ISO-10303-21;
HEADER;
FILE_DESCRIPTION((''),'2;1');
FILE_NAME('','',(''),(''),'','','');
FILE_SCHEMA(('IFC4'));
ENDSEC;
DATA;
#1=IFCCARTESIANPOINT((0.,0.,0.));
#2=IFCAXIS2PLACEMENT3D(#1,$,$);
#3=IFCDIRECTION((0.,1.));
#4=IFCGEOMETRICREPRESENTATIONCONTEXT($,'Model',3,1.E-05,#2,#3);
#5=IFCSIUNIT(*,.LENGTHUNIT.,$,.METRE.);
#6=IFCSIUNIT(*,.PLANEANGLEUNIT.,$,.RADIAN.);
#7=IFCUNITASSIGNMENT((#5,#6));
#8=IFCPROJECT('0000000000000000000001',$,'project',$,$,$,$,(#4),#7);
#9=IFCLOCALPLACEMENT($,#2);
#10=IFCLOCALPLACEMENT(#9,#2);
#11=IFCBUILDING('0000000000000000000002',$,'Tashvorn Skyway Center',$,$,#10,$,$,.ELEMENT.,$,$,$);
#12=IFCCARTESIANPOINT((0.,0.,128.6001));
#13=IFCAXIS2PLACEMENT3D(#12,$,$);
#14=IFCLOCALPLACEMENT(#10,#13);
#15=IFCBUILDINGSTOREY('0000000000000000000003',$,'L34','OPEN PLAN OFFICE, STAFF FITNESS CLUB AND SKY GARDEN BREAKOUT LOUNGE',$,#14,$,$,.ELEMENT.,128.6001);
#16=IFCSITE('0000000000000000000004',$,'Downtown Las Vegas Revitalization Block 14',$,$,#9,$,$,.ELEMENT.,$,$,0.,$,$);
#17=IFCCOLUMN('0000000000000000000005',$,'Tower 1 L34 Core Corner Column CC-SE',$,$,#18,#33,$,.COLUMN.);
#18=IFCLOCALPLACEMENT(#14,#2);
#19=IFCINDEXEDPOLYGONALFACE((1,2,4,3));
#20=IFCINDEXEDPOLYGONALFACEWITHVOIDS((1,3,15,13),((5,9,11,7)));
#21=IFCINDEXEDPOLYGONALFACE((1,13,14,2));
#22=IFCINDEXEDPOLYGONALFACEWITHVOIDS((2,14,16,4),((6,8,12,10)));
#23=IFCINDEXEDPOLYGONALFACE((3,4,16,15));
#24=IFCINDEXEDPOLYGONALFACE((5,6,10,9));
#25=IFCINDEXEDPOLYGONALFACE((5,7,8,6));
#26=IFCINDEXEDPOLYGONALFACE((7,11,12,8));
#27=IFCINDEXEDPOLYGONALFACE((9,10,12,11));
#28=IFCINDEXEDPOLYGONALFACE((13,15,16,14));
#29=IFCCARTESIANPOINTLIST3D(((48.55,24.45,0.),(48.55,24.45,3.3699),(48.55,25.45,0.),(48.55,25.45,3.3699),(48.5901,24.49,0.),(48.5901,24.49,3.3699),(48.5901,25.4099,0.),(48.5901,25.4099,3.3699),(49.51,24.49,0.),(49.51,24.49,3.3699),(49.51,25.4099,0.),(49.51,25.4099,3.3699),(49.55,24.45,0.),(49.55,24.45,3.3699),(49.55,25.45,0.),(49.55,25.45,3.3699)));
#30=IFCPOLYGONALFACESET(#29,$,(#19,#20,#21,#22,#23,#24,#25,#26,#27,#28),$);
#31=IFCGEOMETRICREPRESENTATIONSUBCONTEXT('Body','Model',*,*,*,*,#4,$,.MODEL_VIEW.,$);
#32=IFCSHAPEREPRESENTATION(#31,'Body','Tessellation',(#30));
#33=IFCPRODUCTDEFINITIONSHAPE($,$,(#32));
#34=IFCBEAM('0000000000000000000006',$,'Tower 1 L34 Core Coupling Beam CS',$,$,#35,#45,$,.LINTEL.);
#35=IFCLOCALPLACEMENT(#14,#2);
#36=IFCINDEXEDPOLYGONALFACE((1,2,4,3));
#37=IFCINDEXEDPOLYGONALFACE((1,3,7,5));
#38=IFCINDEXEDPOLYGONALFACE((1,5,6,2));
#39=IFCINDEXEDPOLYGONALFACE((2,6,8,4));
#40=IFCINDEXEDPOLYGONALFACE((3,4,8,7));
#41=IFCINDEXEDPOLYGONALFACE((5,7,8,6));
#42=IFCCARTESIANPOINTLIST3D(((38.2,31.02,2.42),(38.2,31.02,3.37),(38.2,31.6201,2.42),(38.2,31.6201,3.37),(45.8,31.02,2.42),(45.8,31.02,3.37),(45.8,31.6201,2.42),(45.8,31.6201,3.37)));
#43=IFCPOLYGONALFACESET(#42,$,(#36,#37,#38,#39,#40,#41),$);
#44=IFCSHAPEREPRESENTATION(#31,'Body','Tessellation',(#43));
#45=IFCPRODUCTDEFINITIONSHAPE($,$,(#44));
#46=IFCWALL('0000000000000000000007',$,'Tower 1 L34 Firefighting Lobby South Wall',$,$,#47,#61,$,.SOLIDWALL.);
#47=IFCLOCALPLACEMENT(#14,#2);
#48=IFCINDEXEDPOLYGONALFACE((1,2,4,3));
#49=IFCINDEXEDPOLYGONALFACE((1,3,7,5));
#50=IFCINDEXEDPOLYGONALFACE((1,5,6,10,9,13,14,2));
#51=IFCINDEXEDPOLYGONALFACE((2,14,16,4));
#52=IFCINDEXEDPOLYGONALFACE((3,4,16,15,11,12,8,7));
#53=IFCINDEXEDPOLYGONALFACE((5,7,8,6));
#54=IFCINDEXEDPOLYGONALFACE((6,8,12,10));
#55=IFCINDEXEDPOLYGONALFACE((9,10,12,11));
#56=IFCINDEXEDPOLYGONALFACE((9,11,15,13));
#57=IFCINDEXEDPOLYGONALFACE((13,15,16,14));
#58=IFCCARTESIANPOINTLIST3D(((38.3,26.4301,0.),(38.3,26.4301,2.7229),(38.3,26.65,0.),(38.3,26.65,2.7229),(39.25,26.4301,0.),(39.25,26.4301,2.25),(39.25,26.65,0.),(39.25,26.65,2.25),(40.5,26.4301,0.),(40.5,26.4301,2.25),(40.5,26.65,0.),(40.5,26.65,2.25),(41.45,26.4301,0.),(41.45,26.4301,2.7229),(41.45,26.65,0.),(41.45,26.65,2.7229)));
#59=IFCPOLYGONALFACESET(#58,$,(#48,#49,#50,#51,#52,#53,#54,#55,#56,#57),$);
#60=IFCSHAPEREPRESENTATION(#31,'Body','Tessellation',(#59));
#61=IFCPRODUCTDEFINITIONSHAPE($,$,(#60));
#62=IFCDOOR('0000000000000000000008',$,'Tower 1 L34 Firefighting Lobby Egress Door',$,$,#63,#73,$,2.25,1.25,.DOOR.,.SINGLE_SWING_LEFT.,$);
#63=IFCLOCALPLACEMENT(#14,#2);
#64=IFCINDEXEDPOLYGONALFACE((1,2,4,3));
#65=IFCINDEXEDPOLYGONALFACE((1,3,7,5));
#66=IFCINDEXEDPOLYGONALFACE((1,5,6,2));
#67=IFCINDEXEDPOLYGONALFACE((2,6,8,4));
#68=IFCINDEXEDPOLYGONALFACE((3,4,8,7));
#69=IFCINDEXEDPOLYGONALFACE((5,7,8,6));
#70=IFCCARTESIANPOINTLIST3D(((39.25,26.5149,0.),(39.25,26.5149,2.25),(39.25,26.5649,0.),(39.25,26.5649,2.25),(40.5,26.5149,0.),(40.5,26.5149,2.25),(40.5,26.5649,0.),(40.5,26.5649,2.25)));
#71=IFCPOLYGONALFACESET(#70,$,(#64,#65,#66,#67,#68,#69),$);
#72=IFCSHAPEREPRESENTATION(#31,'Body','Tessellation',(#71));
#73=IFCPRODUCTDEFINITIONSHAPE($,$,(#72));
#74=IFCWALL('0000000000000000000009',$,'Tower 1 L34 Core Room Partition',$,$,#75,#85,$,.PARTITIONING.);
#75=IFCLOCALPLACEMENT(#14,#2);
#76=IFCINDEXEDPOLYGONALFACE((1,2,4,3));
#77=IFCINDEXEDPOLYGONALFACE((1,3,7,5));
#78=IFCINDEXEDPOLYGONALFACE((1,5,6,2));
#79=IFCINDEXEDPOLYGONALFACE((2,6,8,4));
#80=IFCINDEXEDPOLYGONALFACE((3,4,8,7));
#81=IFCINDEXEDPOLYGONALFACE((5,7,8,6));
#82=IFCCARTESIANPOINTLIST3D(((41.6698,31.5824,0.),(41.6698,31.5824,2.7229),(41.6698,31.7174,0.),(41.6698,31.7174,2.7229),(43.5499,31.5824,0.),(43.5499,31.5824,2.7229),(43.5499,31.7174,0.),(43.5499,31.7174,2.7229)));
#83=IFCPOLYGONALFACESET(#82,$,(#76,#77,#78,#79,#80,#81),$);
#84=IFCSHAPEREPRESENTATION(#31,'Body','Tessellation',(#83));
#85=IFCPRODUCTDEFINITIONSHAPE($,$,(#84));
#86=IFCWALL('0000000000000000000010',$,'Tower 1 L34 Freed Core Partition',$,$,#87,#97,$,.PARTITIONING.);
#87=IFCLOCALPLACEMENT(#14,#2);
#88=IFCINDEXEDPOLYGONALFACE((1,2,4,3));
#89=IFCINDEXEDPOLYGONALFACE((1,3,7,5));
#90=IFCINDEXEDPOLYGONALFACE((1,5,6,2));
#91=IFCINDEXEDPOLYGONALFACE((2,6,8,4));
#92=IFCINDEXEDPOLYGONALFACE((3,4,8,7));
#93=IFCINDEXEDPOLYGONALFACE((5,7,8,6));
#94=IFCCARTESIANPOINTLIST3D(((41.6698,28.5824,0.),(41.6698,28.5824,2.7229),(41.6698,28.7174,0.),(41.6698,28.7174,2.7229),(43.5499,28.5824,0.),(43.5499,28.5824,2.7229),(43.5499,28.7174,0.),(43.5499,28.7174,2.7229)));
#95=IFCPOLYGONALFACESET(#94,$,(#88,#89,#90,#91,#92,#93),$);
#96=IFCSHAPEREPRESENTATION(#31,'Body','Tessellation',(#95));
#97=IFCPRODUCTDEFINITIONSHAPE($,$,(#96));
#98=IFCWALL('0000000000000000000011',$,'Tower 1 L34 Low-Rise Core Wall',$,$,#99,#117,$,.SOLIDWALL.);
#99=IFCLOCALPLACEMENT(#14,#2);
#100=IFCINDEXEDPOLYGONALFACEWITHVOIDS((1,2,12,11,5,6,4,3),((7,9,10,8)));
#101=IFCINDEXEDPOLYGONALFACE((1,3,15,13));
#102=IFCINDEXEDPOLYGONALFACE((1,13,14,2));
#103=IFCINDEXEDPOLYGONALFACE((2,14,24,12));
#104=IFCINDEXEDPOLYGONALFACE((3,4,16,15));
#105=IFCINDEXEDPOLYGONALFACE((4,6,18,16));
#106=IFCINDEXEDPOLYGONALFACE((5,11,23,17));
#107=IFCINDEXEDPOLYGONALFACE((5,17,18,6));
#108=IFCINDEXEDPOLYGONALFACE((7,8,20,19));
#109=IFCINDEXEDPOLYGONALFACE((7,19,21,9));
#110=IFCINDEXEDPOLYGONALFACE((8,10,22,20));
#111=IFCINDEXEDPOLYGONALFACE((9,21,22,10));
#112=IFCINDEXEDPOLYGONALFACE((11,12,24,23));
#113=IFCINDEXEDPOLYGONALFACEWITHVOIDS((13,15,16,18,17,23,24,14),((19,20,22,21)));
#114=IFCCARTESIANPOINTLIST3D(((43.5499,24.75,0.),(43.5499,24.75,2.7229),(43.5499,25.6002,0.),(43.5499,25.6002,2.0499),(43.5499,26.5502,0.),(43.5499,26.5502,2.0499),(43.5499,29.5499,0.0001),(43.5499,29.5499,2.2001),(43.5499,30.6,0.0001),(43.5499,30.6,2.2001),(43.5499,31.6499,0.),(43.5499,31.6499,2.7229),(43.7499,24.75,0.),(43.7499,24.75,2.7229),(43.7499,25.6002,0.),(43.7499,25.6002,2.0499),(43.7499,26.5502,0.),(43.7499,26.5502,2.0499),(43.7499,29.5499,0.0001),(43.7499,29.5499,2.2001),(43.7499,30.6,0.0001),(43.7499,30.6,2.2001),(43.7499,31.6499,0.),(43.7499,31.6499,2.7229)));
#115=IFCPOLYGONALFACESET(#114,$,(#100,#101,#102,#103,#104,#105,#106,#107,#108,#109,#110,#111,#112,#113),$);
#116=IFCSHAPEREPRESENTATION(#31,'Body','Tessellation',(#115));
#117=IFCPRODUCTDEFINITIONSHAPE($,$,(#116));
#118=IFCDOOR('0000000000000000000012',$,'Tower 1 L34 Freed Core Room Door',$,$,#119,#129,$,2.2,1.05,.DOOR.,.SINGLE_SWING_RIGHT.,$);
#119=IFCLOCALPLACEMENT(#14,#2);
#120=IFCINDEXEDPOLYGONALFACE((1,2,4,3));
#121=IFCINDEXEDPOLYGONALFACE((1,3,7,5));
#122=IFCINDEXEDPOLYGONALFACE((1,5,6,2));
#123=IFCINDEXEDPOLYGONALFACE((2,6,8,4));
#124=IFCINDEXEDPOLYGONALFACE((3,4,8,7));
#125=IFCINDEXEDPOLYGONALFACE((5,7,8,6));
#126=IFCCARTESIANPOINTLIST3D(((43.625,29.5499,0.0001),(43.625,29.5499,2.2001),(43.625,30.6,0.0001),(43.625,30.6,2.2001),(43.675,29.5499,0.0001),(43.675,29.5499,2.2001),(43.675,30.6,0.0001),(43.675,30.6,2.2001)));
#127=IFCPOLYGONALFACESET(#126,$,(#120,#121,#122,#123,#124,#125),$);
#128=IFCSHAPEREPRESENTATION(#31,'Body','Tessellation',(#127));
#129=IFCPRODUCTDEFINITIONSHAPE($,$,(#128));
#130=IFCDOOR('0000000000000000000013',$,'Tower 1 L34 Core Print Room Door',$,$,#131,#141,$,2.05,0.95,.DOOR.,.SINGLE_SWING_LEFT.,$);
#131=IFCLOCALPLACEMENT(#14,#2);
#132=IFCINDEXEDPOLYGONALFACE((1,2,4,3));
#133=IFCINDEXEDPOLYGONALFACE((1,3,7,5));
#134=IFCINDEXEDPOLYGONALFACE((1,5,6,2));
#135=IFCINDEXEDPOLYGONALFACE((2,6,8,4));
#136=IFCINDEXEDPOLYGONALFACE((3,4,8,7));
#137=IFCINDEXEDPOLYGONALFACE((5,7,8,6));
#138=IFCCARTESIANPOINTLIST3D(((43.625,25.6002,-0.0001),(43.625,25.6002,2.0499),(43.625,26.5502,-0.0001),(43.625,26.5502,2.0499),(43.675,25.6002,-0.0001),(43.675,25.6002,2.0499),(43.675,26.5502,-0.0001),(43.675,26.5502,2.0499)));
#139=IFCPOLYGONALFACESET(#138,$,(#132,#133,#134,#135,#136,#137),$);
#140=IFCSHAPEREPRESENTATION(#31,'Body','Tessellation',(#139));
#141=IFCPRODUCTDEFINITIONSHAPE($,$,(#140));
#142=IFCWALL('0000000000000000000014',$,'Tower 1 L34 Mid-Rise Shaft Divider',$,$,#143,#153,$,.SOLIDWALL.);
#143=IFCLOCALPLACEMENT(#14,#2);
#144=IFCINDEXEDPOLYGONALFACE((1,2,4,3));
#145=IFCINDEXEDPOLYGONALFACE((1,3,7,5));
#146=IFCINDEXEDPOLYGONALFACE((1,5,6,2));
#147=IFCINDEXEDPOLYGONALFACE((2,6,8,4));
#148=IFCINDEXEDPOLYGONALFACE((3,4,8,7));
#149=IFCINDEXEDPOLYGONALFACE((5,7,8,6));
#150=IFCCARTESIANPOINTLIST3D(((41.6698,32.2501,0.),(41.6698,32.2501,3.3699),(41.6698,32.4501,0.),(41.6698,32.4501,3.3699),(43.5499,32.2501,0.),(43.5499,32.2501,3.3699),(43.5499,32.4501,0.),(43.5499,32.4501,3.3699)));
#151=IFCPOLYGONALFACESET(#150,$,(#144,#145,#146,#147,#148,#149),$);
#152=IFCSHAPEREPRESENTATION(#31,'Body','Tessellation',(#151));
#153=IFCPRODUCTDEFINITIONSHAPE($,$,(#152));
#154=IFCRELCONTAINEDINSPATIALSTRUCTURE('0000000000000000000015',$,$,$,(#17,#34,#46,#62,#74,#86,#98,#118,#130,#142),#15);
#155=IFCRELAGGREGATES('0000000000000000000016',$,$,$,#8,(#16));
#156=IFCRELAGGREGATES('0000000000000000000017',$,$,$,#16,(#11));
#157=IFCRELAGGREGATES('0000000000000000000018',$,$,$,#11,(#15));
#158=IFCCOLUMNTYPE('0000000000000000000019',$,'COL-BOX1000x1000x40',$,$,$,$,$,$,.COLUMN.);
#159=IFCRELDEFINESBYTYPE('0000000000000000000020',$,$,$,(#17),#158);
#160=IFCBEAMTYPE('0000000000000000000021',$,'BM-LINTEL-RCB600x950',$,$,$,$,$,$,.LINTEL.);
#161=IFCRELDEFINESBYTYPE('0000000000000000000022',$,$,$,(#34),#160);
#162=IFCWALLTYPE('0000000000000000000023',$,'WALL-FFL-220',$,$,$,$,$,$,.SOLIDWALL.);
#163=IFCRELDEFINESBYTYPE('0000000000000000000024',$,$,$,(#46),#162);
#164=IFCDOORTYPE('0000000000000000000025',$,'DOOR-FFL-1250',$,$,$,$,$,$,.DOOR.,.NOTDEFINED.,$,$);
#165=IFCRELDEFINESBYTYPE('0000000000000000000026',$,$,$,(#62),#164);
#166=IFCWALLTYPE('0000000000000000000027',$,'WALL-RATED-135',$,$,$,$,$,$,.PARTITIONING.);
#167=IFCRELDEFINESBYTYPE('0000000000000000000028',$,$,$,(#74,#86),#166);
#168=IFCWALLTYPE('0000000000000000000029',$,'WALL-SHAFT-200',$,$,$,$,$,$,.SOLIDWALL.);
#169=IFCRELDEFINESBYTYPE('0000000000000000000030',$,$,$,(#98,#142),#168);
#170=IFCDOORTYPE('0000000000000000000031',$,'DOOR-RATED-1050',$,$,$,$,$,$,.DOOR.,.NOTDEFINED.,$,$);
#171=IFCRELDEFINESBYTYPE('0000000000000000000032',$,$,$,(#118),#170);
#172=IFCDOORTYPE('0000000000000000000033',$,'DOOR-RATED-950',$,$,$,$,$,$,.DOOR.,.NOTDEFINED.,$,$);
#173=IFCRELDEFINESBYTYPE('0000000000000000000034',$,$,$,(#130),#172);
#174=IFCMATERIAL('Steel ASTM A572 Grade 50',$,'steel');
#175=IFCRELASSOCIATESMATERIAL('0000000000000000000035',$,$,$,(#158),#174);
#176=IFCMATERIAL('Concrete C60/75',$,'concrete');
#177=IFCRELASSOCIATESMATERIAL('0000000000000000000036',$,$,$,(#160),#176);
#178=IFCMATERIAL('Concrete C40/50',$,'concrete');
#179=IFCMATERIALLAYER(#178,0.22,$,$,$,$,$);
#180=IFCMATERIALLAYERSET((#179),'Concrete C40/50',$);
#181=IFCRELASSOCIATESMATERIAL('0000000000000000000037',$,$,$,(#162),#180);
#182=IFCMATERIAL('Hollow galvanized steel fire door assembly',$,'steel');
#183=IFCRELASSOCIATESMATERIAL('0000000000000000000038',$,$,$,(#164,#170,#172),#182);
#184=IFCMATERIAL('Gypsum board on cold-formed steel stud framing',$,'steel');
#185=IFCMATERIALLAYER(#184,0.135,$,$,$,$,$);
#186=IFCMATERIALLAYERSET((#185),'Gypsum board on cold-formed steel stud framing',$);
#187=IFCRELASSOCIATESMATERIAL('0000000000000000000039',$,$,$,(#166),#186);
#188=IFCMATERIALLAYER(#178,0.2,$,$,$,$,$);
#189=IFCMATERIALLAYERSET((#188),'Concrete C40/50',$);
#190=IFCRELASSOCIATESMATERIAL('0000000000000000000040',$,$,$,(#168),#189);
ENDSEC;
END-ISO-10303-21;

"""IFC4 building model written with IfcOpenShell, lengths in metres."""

from ifc_helpers import new_model, si_unit, direction, frame, frame_2d, origin, origin_2d, place, context, subcontext, project, spatial, rectangle, hollow_rectangle, extrude, material, layer, layer_set, material_profile, profile_set, type_object, element, fill, save


model = new_model("IFC4")

# Units and contexts
model_context = context("Model", 3, precision=1e-05, world=origin(), true_north=direction((0.0, 1.0)))
body_context = subcontext(model_context, "Body", "Model", "MODEL_VIEW")
ifc_project = project(units=[si_unit("LENGTHUNIT", "METRE"), si_unit("PLANEANGLEUNIT", "RADIAN")], contexts=[model_context])

# Site, building, storey
site_placement = place(None, origin())
site = spatial("IfcSite", under=ifc_project, at=site_placement, Name="Downtown Las Vegas Revitalization Block 14", CompositionType="ELEMENT", RefElevation=0.0)
building_placement = place(site_placement, origin())
building = spatial("IfcBuilding", under=site, at=building_placement, Name="Tashvorn Skyway Center", CompositionType="ELEMENT")
storey_placement = place(building_placement, frame((0.0, 0.0, 128.6001)))
storey = spatial("IfcBuildingStorey", under=building, at=storey_placement, Name="L34", Description="OPEN PLAN OFFICE, STAFF FITNESS CLUB AND SKY GARDEN BREAKOUT LOUNGE", CompositionType="ELEMENT", Elevation=128.6001)

# Column
ifc_material_1 = material(Name="Steel ASTM A572 Grade 50", Category="steel")
ifc_material_profile_1 = material_profile(ifc_material_1, hollow_rectangle(XDim=1.0, YDim=1.0, WallThickness=0.04, at=origin_2d()), Name="BOX1000x1000x40")
ifc_profile_set_1 = profile_set([ifc_material_profile_1], Name="Steel ASTM A572 Grade 50")
column_type = type_object("IfcColumnType", Name="COL-BOX1000x1000x40", PredefinedType="COLUMN", material=ifc_profile_set_1)
column_placement = place(storey_placement, frame((49.05, 24.95, 0.0), z_axis=(0.0, 0.0, 1.0), x_axis=(1.0, 0.0, 0.0)))
element("IfcColumn", 1, at=column_placement, inside=storey, type_object=column_type, Name="Tower 1 L34 Core Corner Column CC-SE", PredefinedType="COLUMN", context=body_context, shape_type="SweptSolid", body=[
    extrude(hollow_rectangle(XDim=1.0, YDim=1.0, WallThickness=0.04, at=origin_2d()), origin(), (0.0, 0.0, 1.0), 3.3699),
])

# Beam
ifc_material_2 = material(Name="Concrete C60/75", Category="concrete")
ifc_material_profile_2 = material_profile(ifc_material_2, rectangle(XDim=0.6001, YDim=0.95, at=origin_2d()), Name="RCB600x950")
ifc_profile_set_2 = profile_set([ifc_material_profile_2], Name="Concrete C60/75")
beam_type = type_object("IfcBeamType", Name="BM-LINTEL-RCB600x950", PredefinedType="LINTEL", material=ifc_profile_set_2)
beam_placement = place(storey_placement, frame((38.2, 31.3201, 2.895), z_axis=(1.0, 0.0, 0.0), x_axis=(0.0, 1.0, 0.0)))
element("IfcBeam", 2, at=beam_placement, inside=storey, type_object=beam_type, Name="Tower 1 L34 Core Coupling Beam CS", PredefinedType="LINTEL", context=body_context, shape_type="SweptSolid", body=[
    extrude(rectangle(XDim=0.6001, YDim=0.95, at=origin_2d()), origin(), (0.0, 0.0, 1.0), 7.6001),
])

# Wall, opening, door
ifc_material_3 = material(Name="Concrete C40/50", Category="concrete")
ifc_layer_1 = layer(ifc_material_3, 0.22)
ifc_layer_set_1 = layer_set([ifc_layer_1], Name="Concrete C40/50")
wall_type_1 = type_object("IfcWallType", Name="WALL-FFL-220", PredefinedType="SOLIDWALL", material=ifc_layer_set_1)
wall_1_placement = place(storey_placement, frame((38.3, 26.54, 0.0), z_axis=(0.0, 0.0, 1.0), x_axis=(1.0, 0.0, 0.0)))
wall_1 = element("IfcWall", 3, at=wall_1_placement, inside=storey, type_object=wall_type_1, Name="Tower 1 L34 Firefighting Lobby South Wall", PredefinedType="SOLIDWALL", context=body_context, shape_type="SweptSolid", body=[
    extrude(rectangle(XDim=3.1499, YDim=0.22, at=frame_2d((1.575, 0.0))), origin(), (0.0, 0.0, 1.0), 2.7229),
])
opening_1_placement = place(wall_1_placement, frame((0.95, 0.0, 0.0)))
opening_1 = element("IfcOpeningElement", 4, at=opening_1_placement, cuts=wall_1, PredefinedType="OPENING", context=body_context, shape_type="SweptSolid", body=[
    extrude(rectangle(XDim=1.25, YDim=2.25, at=frame_2d((0.625, 1.125))), frame((0.0, 0.1199, 0.0), z_axis=(0.0, -1.0, 0.0), x_axis=(1.0, 0.0, 0.0)), (0.0, 0.0, 1.0), 0.24),
])
ifc_material_4 = material(Name="Hollow galvanized steel fire door assembly", Category="steel")
door_type_1 = type_object("IfcDoorType", Name="DOOR-FFL-1250", OperationType="NOTDEFINED", PredefinedType="DOOR", material=ifc_material_4)
door_1_placement = place(opening_1_placement, origin())
door_1 = element("IfcDoor", 5, at=door_1_placement, inside=storey, type_object=door_type_1, Name="Tower 1 L34 Firefighting Lobby Egress Door", OperationType="SINGLE_SWING_LEFT", OverallHeight=2.25, OverallWidth=1.25, PredefinedType="DOOR", context=body_context, shape_type="SweptSolid", body=[
    extrude(rectangle(XDim=1.25, YDim=2.25, at=frame_2d((0.625, 1.125))), frame((0.0, 0.0249, 0.0), z_axis=(0.0, -1.0, 0.0), x_axis=(1.0, 0.0, 0.0)), (0.0, 0.0, 1.0), 0.05),
])
fill(opening_1, door_1)

# Walls
ifc_material_5 = material(Name="Gypsum board on cold-formed steel stud framing", Category="steel")
ifc_layer_2 = layer(ifc_material_5, 0.135)
ifc_layer_set_2 = layer_set([ifc_layer_2], Name="Gypsum board on cold-formed steel stud framing")
wall_type_2 = type_object("IfcWallType", Name="WALL-RATED-135", PredefinedType="PARTITIONING", material=ifc_layer_set_2)
for number, where, z_axis, x_axis, name in (
    (6, (41.6699, 31.6499, 0.0), (0.0, 0.0, 1.0), (1.0, 0.0, 0.0), "Tower 1 L34 Core Room Partition"),
    (7, (41.6699, 28.6499, 0.0), (0.0, 0.0, 1.0), (1.0, 0.0, 0.0), "Tower 1 L34 Freed Core Partition"),
):
    element("IfcWall", number, at=place(storey_placement, frame(where, z_axis=z_axis, x_axis=x_axis)), inside=storey, type_object=wall_type_2, Name=name, PredefinedType="PARTITIONING", context=body_context, shape_type="SweptSolid", body=[
        extrude(rectangle(XDim=1.8801, YDim=0.135, at=frame_2d((0.9399, 0.0))), origin(), (0.0, 0.0, 1.0), 2.7229),
    ])

# Wall, openings, doors
ifc_layer_3 = layer(ifc_material_3, 0.2)
ifc_layer_set_3 = layer_set([ifc_layer_3], Name="Concrete C40/50")
wall_type_3 = type_object("IfcWallType", Name="WALL-SHAFT-200", PredefinedType="SOLIDWALL", material=ifc_layer_set_3)
wall_2_placement = place(storey_placement, frame((43.6499, 24.75, 0.0), z_axis=(0.0, 0.0, 1.0), x_axis=(0.0, 1.0, 0.0)))
wall_2 = element("IfcWall", 8, at=wall_2_placement, inside=storey, type_object=wall_type_3, Name="Tower 1 L34 Low-Rise Core Wall", PredefinedType="SOLIDWALL", context=body_context, shape_type="SweptSolid", body=[
    extrude(rectangle(XDim=6.8999, YDim=0.2, at=frame_2d((3.45, 0.0))), origin(), (0.0, 0.0, 1.0), 2.7229),
])
opening_2_placement = place(wall_2_placement, frame((0.8501, 0.0, 0.0)))
opening_2 = element("IfcOpeningElement", 9, at=opening_2_placement, cuts=wall_2, PredefinedType="OPENING", context=body_context, shape_type="SweptSolid", body=[
    extrude(rectangle(XDim=0.95, YDim=2.05, at=frame_2d((0.4751, 1.0249))), frame((0.0, 0.1099, 0.0), z_axis=(0.0, -1.0, 0.0), x_axis=(1.0, 0.0, 0.0)), (0.0, 0.0, 1.0), 0.22),
])
opening_3_placement = place(wall_2_placement, frame((4.8, 0.0, 0.0)))
opening_3 = element("IfcOpeningElement", 10, at=opening_3_placement, cuts=wall_2, PredefinedType="OPENING", context=body_context, shape_type="SweptSolid", body=[
    extrude(rectangle(XDim=1.05, YDim=2.2, at=frame_2d((0.5249, 1.1001))), frame((0.0, 0.1099, 0.0), z_axis=(0.0, -1.0, 0.0), x_axis=(1.0, 0.0, 0.0)), (0.0, 0.0, 1.0), 0.22),
])
door_type_2 = type_object("IfcDoorType", Name="DOOR-RATED-1050", OperationType="NOTDEFINED", PredefinedType="DOOR", material=ifc_material_4)
door_2_placement = place(opening_3_placement, origin())
door_2 = element("IfcDoor", 11, at=door_2_placement, inside=storey, type_object=door_type_2, Name="Tower 1 L34 Freed Core Room Door", OperationType="SINGLE_SWING_RIGHT", OverallHeight=2.2, OverallWidth=1.05, PredefinedType="DOOR", context=body_context, shape_type="SweptSolid", body=[
    extrude(rectangle(XDim=1.05, YDim=2.2, at=frame_2d((0.5249, 1.1001))), frame((0.0, 0.0249, 0.0), z_axis=(0.0, -1.0, 0.0), x_axis=(1.0, 0.0, 0.0)), (0.0, 0.0, 1.0), 0.05),
])
fill(opening_3, door_2)
door_type_3 = type_object("IfcDoorType", Name="DOOR-RATED-950", OperationType="NOTDEFINED", PredefinedType="DOOR", material=ifc_material_4)
door_3_placement = place(opening_2_placement, origin())
door_3 = element("IfcDoor", 12, at=door_3_placement, inside=storey, type_object=door_type_3, Name="Tower 1 L34 Core Print Room Door", OperationType="SINGLE_SWING_LEFT", OverallHeight=2.05, OverallWidth=0.95, PredefinedType="DOOR", context=body_context, shape_type="SweptSolid", body=[
    extrude(rectangle(XDim=0.95, YDim=2.05, at=frame_2d((0.4751, 1.0249))), frame((0.0, 0.0249, 0.0), z_axis=(0.0, -1.0, 0.0), x_axis=(1.0, 0.0, 0.0)), (0.0, 0.0, 1.0), 0.05),
])
fill(opening_2, door_3)

# Wall
wall_3_placement = place(storey_placement, frame((41.6699, 32.3501, 0.0), z_axis=(0.0, 0.0, 1.0), x_axis=(1.0, 0.0, 0.0)))
element("IfcWall", 13, at=wall_3_placement, inside=storey, type_object=wall_type_3, Name="Tower 1 L34 Mid-Rise Shaft Divider", PredefinedType="SOLIDWALL", context=body_context, shape_type="SweptSolid", body=[
    extrude(rectangle(XDim=1.8801, YDim=0.2, at=frame_2d((0.9399, 0.0))), origin(), (0.0, 0.0, 1.0), 3.3699),
])

save(model, "model.ifc")
